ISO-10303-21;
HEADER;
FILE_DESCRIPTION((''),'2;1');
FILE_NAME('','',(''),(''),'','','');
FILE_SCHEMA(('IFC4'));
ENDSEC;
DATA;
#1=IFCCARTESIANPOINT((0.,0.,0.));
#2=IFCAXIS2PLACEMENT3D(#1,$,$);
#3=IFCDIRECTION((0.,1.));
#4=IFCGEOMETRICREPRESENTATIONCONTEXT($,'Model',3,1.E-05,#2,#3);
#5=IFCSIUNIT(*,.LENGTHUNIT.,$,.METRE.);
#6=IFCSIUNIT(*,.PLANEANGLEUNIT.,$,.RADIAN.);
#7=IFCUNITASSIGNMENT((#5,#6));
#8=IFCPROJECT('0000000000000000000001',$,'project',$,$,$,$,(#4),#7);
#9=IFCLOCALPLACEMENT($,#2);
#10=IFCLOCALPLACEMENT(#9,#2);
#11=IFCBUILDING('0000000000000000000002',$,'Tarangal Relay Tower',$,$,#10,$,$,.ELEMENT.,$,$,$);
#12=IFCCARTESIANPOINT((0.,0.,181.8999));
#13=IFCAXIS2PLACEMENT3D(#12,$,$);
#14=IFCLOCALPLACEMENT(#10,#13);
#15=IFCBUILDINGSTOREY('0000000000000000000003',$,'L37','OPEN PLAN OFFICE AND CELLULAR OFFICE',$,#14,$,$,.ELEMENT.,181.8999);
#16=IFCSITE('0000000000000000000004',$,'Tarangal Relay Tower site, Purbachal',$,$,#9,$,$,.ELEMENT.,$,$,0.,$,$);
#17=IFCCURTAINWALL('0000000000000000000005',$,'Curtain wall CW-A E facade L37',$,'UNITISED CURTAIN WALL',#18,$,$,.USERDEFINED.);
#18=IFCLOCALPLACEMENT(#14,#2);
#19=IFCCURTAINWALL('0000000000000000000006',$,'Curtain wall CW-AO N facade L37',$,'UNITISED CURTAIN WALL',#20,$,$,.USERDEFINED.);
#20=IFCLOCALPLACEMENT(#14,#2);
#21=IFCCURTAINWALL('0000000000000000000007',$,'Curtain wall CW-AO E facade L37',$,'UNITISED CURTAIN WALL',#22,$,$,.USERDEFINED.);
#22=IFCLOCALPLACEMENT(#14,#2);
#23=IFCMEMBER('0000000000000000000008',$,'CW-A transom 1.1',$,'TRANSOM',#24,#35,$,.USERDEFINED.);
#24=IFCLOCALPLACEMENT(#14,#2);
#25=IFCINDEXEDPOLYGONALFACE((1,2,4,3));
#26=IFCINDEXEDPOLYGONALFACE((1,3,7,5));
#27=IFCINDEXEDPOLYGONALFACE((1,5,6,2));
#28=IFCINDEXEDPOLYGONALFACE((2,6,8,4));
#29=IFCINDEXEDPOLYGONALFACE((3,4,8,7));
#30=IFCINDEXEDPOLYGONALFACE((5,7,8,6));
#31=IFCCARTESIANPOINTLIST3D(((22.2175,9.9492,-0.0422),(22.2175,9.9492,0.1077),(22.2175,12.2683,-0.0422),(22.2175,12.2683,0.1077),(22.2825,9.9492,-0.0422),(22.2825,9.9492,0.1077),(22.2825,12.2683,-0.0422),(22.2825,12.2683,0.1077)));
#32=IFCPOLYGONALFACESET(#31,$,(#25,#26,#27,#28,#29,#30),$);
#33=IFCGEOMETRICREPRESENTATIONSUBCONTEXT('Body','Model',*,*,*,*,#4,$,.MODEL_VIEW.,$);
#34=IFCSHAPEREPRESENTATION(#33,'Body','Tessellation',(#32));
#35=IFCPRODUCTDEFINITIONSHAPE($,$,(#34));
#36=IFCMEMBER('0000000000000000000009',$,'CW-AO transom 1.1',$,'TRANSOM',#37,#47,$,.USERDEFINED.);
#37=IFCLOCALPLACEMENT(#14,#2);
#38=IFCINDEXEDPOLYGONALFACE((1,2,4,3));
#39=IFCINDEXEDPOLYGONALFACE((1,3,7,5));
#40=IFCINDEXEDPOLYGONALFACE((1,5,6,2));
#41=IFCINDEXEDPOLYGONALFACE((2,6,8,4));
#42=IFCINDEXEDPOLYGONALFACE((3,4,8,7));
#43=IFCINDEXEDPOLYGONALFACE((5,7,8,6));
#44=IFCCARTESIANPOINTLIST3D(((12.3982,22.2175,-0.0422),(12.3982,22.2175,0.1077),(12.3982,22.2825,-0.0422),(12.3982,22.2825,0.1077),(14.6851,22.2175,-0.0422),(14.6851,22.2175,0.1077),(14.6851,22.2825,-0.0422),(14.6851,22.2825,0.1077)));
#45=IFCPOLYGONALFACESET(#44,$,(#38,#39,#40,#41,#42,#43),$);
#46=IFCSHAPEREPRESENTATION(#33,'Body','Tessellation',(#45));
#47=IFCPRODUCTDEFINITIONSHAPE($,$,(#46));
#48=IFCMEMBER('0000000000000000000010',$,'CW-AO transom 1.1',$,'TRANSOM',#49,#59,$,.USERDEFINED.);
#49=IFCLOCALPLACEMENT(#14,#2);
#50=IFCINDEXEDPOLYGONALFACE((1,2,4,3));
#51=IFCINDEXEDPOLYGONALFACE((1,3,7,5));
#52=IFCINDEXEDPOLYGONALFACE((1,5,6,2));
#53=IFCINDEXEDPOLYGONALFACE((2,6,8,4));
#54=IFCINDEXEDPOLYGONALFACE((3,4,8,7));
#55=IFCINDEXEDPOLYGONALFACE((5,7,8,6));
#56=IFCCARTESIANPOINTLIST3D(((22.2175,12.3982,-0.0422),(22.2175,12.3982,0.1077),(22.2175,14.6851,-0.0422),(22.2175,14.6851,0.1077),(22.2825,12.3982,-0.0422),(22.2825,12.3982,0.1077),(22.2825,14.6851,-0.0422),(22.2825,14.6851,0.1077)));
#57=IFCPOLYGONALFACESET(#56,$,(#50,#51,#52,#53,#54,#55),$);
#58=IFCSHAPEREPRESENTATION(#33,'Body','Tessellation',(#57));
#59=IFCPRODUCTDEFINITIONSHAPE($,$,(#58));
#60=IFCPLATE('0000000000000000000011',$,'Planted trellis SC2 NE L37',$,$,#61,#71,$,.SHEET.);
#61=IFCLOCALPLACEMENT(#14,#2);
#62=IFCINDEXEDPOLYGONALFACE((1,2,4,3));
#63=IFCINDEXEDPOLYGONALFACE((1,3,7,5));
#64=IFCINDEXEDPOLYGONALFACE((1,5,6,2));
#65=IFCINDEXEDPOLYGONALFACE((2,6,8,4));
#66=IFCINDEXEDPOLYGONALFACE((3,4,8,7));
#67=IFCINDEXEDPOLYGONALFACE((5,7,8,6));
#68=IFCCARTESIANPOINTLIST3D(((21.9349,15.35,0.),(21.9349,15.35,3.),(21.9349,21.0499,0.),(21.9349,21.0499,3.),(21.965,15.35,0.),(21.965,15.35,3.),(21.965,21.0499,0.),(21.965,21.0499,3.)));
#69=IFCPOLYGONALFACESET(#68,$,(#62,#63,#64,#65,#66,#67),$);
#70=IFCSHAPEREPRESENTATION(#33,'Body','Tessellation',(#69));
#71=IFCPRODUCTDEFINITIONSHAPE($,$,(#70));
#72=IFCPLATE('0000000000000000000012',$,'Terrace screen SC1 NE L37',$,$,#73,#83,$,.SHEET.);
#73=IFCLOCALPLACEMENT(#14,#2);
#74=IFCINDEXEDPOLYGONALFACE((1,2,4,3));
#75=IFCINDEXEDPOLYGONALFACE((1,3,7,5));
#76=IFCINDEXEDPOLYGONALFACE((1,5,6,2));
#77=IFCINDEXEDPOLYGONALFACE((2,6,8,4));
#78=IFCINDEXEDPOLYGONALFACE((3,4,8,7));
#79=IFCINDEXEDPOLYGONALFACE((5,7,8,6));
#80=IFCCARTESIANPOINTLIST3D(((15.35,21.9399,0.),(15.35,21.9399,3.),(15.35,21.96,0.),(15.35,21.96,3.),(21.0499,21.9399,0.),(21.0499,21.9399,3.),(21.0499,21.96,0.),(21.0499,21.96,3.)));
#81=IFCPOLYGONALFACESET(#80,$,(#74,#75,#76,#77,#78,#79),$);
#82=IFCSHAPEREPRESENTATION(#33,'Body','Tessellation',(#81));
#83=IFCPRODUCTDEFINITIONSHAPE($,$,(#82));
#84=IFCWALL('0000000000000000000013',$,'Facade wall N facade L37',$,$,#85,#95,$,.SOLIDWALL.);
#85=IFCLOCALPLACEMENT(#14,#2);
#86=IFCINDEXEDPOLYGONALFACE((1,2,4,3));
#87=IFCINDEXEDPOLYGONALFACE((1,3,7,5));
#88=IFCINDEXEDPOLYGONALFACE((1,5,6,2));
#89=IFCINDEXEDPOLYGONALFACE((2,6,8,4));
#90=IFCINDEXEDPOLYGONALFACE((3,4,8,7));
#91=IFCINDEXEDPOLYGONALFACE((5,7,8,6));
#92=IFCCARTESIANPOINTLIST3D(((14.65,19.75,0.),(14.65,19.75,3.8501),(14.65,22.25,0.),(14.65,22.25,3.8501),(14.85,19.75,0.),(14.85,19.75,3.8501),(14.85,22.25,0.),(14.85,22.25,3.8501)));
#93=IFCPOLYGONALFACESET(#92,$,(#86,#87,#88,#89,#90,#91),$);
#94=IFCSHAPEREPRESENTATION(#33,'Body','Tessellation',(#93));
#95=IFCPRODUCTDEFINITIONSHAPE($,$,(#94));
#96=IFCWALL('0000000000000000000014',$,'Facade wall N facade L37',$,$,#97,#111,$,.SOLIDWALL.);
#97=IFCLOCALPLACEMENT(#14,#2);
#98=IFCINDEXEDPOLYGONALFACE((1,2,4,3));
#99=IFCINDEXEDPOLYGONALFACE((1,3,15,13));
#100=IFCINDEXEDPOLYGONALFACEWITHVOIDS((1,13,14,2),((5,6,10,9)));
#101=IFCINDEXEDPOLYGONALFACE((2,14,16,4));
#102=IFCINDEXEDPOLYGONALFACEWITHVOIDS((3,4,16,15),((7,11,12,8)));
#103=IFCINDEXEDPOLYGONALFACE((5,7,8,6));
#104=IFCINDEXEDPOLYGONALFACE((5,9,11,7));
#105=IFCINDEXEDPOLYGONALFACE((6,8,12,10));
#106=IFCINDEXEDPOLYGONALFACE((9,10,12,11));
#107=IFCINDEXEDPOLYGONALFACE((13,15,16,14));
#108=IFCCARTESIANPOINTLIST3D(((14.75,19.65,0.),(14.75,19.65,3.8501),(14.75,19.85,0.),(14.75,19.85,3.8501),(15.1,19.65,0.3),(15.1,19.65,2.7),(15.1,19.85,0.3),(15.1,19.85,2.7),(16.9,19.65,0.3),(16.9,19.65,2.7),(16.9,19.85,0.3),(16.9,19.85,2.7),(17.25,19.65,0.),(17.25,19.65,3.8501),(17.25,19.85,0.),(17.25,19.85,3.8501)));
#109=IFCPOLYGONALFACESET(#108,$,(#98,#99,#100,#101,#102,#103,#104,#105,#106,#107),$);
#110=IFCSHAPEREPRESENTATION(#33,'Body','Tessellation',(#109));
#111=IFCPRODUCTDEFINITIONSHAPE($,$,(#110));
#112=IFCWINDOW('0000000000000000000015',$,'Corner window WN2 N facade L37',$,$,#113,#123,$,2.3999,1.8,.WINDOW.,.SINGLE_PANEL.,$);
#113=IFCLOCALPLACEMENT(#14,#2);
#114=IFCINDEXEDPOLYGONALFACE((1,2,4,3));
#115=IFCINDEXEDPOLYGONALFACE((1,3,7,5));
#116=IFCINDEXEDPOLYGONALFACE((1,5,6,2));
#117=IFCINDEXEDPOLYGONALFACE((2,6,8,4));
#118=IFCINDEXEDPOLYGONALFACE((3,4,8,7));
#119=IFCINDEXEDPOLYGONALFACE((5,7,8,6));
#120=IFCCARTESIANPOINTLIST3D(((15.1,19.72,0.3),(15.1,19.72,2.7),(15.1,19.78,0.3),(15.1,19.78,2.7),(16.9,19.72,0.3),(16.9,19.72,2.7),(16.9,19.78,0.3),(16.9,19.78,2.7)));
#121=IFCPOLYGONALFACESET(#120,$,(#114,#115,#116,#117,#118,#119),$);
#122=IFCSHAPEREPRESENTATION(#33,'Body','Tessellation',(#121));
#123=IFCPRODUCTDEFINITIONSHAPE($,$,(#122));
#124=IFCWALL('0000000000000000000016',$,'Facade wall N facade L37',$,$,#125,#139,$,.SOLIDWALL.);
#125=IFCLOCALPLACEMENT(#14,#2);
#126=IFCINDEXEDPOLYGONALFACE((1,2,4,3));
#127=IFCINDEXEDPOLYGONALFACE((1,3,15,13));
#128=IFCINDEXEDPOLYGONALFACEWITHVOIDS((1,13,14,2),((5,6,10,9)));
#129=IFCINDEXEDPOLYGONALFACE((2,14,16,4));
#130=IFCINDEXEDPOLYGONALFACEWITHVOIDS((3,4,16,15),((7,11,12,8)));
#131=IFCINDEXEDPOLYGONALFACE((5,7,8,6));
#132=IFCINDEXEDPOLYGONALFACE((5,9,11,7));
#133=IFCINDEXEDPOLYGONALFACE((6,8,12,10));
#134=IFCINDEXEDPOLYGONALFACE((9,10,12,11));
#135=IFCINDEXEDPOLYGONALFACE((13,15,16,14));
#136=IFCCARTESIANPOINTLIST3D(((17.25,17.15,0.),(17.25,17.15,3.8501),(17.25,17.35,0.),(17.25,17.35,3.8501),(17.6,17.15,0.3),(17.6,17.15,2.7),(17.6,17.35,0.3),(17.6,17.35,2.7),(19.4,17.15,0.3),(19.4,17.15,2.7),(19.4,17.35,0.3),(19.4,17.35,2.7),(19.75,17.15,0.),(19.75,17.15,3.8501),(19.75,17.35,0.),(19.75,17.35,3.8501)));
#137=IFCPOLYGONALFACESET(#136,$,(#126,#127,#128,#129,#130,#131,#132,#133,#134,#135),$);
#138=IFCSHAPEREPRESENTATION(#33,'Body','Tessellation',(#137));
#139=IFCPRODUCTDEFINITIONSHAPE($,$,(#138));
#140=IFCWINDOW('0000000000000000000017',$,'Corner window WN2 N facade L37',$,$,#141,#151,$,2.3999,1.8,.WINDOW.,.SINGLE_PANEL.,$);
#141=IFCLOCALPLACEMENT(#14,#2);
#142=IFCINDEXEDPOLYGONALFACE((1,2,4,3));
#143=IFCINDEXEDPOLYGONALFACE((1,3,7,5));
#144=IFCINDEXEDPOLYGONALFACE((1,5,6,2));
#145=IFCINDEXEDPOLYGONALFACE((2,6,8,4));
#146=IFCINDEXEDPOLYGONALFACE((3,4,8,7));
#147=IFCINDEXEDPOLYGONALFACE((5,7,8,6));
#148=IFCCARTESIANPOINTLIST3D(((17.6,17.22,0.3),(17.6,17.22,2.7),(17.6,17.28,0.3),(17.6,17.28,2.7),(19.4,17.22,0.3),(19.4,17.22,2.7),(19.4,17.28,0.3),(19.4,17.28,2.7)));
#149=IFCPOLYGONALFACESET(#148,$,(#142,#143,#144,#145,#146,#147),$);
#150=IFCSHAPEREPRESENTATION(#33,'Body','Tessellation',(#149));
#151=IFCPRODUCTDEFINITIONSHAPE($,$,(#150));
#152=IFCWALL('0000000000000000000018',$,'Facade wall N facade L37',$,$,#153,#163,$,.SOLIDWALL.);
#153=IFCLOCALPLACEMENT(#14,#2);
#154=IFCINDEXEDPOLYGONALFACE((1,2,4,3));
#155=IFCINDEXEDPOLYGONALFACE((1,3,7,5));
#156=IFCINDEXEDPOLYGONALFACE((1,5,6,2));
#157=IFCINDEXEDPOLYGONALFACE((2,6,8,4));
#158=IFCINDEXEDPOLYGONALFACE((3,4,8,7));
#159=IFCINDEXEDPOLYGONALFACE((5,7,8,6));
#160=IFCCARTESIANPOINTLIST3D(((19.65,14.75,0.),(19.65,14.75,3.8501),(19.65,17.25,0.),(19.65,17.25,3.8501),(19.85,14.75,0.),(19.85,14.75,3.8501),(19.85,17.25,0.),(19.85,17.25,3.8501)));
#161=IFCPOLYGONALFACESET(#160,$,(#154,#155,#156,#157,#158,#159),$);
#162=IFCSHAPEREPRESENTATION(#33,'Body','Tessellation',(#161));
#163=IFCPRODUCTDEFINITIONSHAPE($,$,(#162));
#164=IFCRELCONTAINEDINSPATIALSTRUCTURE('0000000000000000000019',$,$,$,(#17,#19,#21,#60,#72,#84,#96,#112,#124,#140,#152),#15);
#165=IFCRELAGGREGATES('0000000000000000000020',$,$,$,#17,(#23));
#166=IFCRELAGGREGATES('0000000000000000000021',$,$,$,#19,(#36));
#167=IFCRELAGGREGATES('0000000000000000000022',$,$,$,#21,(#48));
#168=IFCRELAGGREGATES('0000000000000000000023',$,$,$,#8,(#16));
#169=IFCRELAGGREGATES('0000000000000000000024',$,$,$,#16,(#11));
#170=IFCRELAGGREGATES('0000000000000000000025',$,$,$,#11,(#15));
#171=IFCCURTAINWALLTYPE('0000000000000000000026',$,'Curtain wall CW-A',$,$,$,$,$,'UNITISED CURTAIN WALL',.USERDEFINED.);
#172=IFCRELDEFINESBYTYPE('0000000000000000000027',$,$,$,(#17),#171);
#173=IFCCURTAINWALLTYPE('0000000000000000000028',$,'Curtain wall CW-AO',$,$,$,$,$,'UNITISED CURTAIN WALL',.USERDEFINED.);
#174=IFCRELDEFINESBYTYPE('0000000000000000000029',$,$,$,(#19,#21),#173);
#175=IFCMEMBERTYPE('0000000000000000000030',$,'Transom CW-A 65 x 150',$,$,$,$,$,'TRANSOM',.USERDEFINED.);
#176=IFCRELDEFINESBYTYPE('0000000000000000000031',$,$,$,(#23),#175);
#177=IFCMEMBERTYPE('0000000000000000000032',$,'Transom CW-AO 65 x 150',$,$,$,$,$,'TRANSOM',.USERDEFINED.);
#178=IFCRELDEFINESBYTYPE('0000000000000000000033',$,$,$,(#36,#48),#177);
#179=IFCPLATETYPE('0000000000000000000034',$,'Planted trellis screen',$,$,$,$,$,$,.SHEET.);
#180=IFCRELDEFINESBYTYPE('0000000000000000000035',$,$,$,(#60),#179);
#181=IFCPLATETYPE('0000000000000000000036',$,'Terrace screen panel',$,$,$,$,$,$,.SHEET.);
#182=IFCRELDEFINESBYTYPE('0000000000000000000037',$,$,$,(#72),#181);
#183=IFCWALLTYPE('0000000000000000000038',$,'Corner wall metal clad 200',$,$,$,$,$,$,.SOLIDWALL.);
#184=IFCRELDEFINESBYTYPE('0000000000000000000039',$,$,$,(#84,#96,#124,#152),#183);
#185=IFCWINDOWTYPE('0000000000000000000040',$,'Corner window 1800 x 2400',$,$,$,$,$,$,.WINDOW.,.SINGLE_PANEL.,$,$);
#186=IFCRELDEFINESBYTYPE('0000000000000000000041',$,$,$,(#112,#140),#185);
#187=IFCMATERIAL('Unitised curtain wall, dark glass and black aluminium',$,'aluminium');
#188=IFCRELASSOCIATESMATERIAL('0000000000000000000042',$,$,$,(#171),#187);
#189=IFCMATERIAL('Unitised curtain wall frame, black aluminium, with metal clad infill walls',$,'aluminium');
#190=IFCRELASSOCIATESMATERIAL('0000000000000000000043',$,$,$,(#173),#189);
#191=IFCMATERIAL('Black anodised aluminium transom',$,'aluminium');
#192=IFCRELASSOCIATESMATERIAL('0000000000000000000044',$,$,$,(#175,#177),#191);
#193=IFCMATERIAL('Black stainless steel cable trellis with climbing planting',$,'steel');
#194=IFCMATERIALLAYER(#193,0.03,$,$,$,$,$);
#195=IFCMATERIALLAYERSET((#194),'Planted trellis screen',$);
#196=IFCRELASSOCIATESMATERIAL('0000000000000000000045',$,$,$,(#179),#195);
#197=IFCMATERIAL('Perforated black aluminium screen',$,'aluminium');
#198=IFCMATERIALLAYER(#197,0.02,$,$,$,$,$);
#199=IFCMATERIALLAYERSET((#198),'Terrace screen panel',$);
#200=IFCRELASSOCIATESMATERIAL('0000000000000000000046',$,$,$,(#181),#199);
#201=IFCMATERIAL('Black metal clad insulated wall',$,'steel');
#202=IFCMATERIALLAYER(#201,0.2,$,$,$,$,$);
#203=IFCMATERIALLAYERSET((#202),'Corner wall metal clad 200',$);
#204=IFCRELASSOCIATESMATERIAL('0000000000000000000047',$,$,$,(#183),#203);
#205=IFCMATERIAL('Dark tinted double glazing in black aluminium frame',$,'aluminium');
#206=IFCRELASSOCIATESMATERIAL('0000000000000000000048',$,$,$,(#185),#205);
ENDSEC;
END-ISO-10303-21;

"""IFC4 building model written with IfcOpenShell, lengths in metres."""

from ifc_helpers import new_model, si_unit, direction, frame, frame_2d, origin, origin_2d, place, context, subcontext, project, spatial, rectangle, extrude, material, layer, layer_set, material_profile, profile_set, type_object, element, fill, aggregate, save


model = new_model("IFC4")

# Units and contexts
model_context = context("Model", 3, precision=1e-05, world=origin(), true_north=direction((0.0, 1.0)))
body_context = subcontext(model_context, "Body", "Model", "MODEL_VIEW")
ifc_project = project(units=[si_unit("LENGTHUNIT", "METRE"), si_unit("PLANEANGLEUNIT", "RADIAN")], contexts=[model_context])

# Site, building, storey
site_placement = place(None, origin())
site = spatial("IfcSite", under=ifc_project, at=site_placement, Name="Tarangal Relay Tower site, Purbachal", CompositionType="ELEMENT", RefElevation=0.0)
building_placement = place(site_placement, origin())
building = spatial("IfcBuilding", under=site, at=building_placement, Name="Tarangal Relay Tower", CompositionType="ELEMENT")
storey_placement = place(building_placement, frame((0.0, 0.0, 181.8999)))
storey = spatial("IfcBuildingStorey", under=building, at=storey_placement, Name="L37", Description="OPEN PLAN OFFICE AND CELLULAR OFFICE", CompositionType="ELEMENT", Elevation=181.8999)

# Curtain wall
ifc_material_1 = material(Name="Unitised curtain wall, dark glass and black aluminium", Category="aluminium")
curtain_wall_type_1 = type_object("IfcCurtainWallType", Name="Curtain wall CW-A", ElementType="UNITISED CURTAIN WALL", PredefinedType="USERDEFINED", material=ifc_material_1)
curtain_wall_1_placement = place(storey_placement, origin())
curtain_wall_1 = element("IfcCurtainWall", 1, at=curtain_wall_1_placement, inside=storey, type_object=curtain_wall_type_1, Name="Curtain wall CW-A E facade L37", ObjectType="UNITISED CURTAIN WALL", PredefinedType="USERDEFINED")

# Curtain walls
ifc_material_2 = material(Name="Unitised curtain wall frame, black aluminium, with metal clad infill walls", Category="aluminium")
curtain_wall_type_2 = type_object("IfcCurtainWallType", Name="Curtain wall CW-AO", ElementType="UNITISED CURTAIN WALL", PredefinedType="USERDEFINED", material=ifc_material_2)
curtain_wall_2_placement = place(storey_placement, origin())
curtain_wall_2 = element("IfcCurtainWall", 2, at=curtain_wall_2_placement, inside=storey, type_object=curtain_wall_type_2, Name="Curtain wall CW-AO N facade L37", ObjectType="UNITISED CURTAIN WALL", PredefinedType="USERDEFINED")
curtain_wall_3_placement = place(storey_placement, origin())
curtain_wall_3 = element("IfcCurtainWall", 3, at=curtain_wall_3_placement, inside=storey, type_object=curtain_wall_type_2, Name="Curtain wall CW-AO E facade L37", ObjectType="UNITISED CURTAIN WALL", PredefinedType="USERDEFINED")

# Members
ifc_material_3 = material(Name="Black anodised aluminium transom", Category="aluminium")
ifc_material_profile_1 = material_profile(ifc_material_3, rectangle(XDim=0.0649, YDim=0.1499, at=origin_2d()), Name="CW-AT 65X150")
ifc_profile_set_1 = profile_set([ifc_material_profile_1], Name="Black anodised aluminium transom")
member_type_1 = type_object("IfcMemberType", Name="Transom CW-A 65 x 150", ElementType="TRANSOM", PredefinedType="USERDEFINED", material=ifc_profile_set_1)
member_1_placement = place(storey_placement, frame((22.25, 12.2683, 0.0327), z_axis=(0.0, -1.0, 0.0), x_axis=(1.0, 0.0, 0.0)))
member_1 = element("IfcMember", 4, at=member_1_placement, type_object=member_type_1, Name="CW-A transom 1.1", ObjectType="TRANSOM", PredefinedType="USERDEFINED", context=body_context, shape_type="SweptSolid", body=[
    extrude(rectangle(XDim=0.0649, YDim=0.1499, at=origin_2d()), origin(), (0.0, 0.0, 1.0), 2.3191),
])
aggregate(curtain_wall_1, [member_1])
ifc_material_profile_2 = material_profile(ifc_material_3, rectangle(XDim=0.0649, YDim=0.1499, at=origin_2d()), Name="CW-AOT 65X150")
ifc_profile_set_2 = profile_set([ifc_material_profile_2], Name="Black anodised aluminium transom")
member_type_2 = type_object("IfcMemberType", Name="Transom CW-AO 65 x 150", ElementType="TRANSOM", PredefinedType="USERDEFINED", material=ifc_profile_set_2)
member_2_placement = place(storey_placement, frame((12.3982, 22.25, 0.0327), z_axis=(1.0, 0.0, 0.0), x_axis=(0.0, 1.0, 0.0)))
member_2 = element("IfcMember", 5, at=member_2_placement, type_object=member_type_2, Name="CW-AO transom 1.1", ObjectType="TRANSOM", PredefinedType="USERDEFINED", context=body_context, shape_type="SweptSolid", body=[
    extrude(rectangle(XDim=0.0649, YDim=0.1499, at=origin_2d()), origin(), (0.0, 0.0, 1.0), 2.2869),
])
aggregate(curtain_wall_2, [member_2])
member_3_placement = place(storey_placement, frame((22.25, 14.6851, 0.0327), z_axis=(0.0, -1.0, 0.0), x_axis=(1.0, 0.0, 0.0)))
member_3 = element("IfcMember", 6, at=member_3_placement, type_object=member_type_2, Name="CW-AO transom 1.1", ObjectType="TRANSOM", PredefinedType="USERDEFINED", context=body_context, shape_type="SweptSolid", body=[
    extrude(rectangle(XDim=0.0649, YDim=0.1499, at=origin_2d()), origin(), (0.0, 0.0, 1.0), 2.2869),
])
aggregate(curtain_wall_3, [member_3])

# Plates
ifc_material_4 = material(Name="Black stainless steel cable trellis with climbing planting", Category="steel")
ifc_layer_1 = layer(ifc_material_4, 0.03)
ifc_layer_set_1 = layer_set([ifc_layer_1], Name="Planted trellis screen")
plate_type_1 = type_object("IfcPlateType", Name="Planted trellis screen", PredefinedType="SHEET", material=ifc_layer_set_1)
plate_1_placement = place(storey_placement, frame((21.95, 18.2, 0.0), z_axis=(0.0, 0.0, 1.0), x_axis=(0.0, -1.0, 0.0)))
element("IfcPlate", 7, at=plate_1_placement, inside=storey, type_object=plate_type_1, Name="Planted trellis SC2 NE L37", PredefinedType="SHEET", context=body_context, shape_type="SweptSolid", body=[
    extrude(rectangle(XDim=5.7, YDim=0.03, at=origin_2d()), origin(), (0.0, 0.0, 1.0), 3.0),
])
ifc_material_5 = material(Name="Perforated black aluminium screen", Category="aluminium")
ifc_layer_2 = layer(ifc_material_5, 0.02)
ifc_layer_set_2 = layer_set([ifc_layer_2], Name="Terrace screen panel")
plate_type_2 = type_object("IfcPlateType", Name="Terrace screen panel", PredefinedType="SHEET", material=ifc_layer_set_2)
plate_2_placement = place(storey_placement, frame((18.2, 21.95, 0.0), z_axis=(0.0, 0.0, 1.0), x_axis=(1.0, 0.0, 0.0)))
element("IfcPlate", 8, at=plate_2_placement, inside=storey, type_object=plate_type_2, Name="Terrace screen SC1 NE L37", PredefinedType="SHEET", context=body_context, shape_type="SweptSolid", body=[
    extrude(rectangle(XDim=5.7, YDim=0.02, at=origin_2d()), origin(), (0.0, 0.0, 1.0), 3.0),
])

# Wall
ifc_material_6 = material(Name="Black metal clad insulated wall", Category="steel")
ifc_layer_3 = layer(ifc_material_6, 0.2)
ifc_layer_set_3 = layer_set([ifc_layer_3], Name="Corner wall metal clad 200")
wall_type_1 = type_object("IfcWallType", Name="Corner wall metal clad 200", PredefinedType="SOLIDWALL", material=ifc_layer_set_3)
wall_1_placement = place(storey_placement, frame((14.75, 22.25, 0.0), z_axis=(0.0, 0.0, 1.0), x_axis=(0.0, -1.0, 0.0)))
element("IfcWall", 9, at=wall_1_placement, inside=storey, type_object=wall_type_1, Name="Facade wall N facade L37", PredefinedType="SOLIDWALL", context=body_context, shape_type="SweptSolid", body=[
    extrude(rectangle(XDim=2.5, YDim=0.2, at=frame_2d((1.25, 0.0))), origin(), (0.0, 0.0, 1.0), 3.8501),
])

# Wall, opening, window
wall_2_placement = place(storey_placement, frame((14.75, 19.75, 0.0), z_axis=(0.0, 0.0, 1.0), x_axis=(1.0, 0.0, 0.0)))
wall_2 = element("IfcWall", 10, at=wall_2_placement, inside=storey, type_object=wall_type_1, Name="Facade wall N facade L37", PredefinedType="SOLIDWALL", context=body_context, shape_type="SweptSolid", body=[
    extrude(rectangle(XDim=2.5, YDim=0.2, at=frame_2d((1.25, 0.0))), origin(), (0.0, 0.0, 1.0), 3.8501),
])
opening_1_placement = place(wall_2_placement, frame((0.3501, 0.0, 0.3)))
opening_1 = element("IfcOpeningElement", 11, at=opening_1_placement, cuts=wall_2, PredefinedType="OPENING", context=body_context, shape_type="SweptSolid", body=[
    extrude(rectangle(XDim=1.8, YDim=2.3999, at=frame_2d((0.8999, 1.2))), frame((0.0, 0.1099, 0.0), z_axis=(0.0, -1.0, 0.0), x_axis=(1.0, 0.0, 0.0)), (0.0, 0.0, 1.0), 0.22),
])
ifc_material_7 = material(Name="Dark tinted double glazing in black aluminium frame", Category="aluminium")
window_type = type_object("IfcWindowType", Name="Corner window 1800 x 2400", PartitioningType="SINGLE_PANEL", PredefinedType="WINDOW", material=ifc_material_7)
window_1_placement = place(opening_1_placement, origin())
window_1 = element("IfcWindow", 12, at=window_1_placement, inside=storey, type_object=window_type, Name="Corner window WN2 N facade L37", OverallHeight=2.3999, OverallWidth=1.8, PartitioningType="SINGLE_PANEL", PredefinedType="WINDOW", context=body_context, shape_type="SweptSolid", body=[
    extrude(rectangle(XDim=1.8, YDim=2.3999, at=frame_2d((0.8999, 1.2))), frame((0.0, 0.03, 0.0), z_axis=(0.0, -1.0, 0.0), x_axis=(1.0, 0.0, 0.0)), (0.0, 0.0, 1.0), 0.0601),
])
fill(opening_1, window_1)

# Wall, opening, window
wall_3_placement = place(storey_placement, frame((17.25, 17.25, 0.0), z_axis=(0.0, 0.0, 1.0), x_axis=(1.0, 0.0, 0.0)))
wall_3 = element("IfcWall", 13, at=wall_3_placement, inside=storey, type_object=wall_type_1, Name="Facade wall N facade L37", PredefinedType="SOLIDWALL", context=body_context, shape_type="SweptSolid", body=[
    extrude(rectangle(XDim=2.5, YDim=0.2, at=frame_2d((1.25, 0.0))), origin(), (0.0, 0.0, 1.0), 3.8501),
])
opening_2_placement = place(wall_3_placement, frame((0.3501, 0.0, 0.3)))
opening_2 = element("IfcOpeningElement", 14, at=opening_2_placement, cuts=wall_3, PredefinedType="OPENING", context=body_context, shape_type="SweptSolid", body=[
    extrude(rectangle(XDim=1.8, YDim=2.3999, at=frame_2d((0.8999, 1.2))), frame((0.0, 0.1099, 0.0), z_axis=(0.0, -1.0, 0.0), x_axis=(1.0, 0.0, 0.0)), (0.0, 0.0, 1.0), 0.22),
])
window_2_placement = place(opening_2_placement, origin())
window_2 = element("IfcWindow", 15, at=window_2_placement, inside=storey, type_object=window_type, Name="Corner window WN2 N facade L37", OverallHeight=2.3999, OverallWidth=1.8, PartitioningType="SINGLE_PANEL", PredefinedType="WINDOW", context=body_context, shape_type="SweptSolid", body=[
    extrude(rectangle(XDim=1.8, YDim=2.3999, at=frame_2d((0.8999, 1.2))), frame((0.0, 0.03, 0.0), z_axis=(0.0, -1.0, 0.0), x_axis=(1.0, 0.0, 0.0)), (0.0, 0.0, 1.0), 0.0601),
])
fill(opening_2, window_2)

# Wall
wall_4_placement = place(storey_placement, frame((19.75, 17.25, 0.0), z_axis=(0.0, 0.0, 1.0), x_axis=(0.0, -1.0, 0.0)))
element("IfcWall", 16, at=wall_4_placement, inside=storey, type_object=wall_type_1, Name="Facade wall N facade L37", PredefinedType="SOLIDWALL", context=body_context, shape_type="SweptSolid", body=[
    extrude(rectangle(XDim=2.5, YDim=0.2, at=frame_2d((1.25, 0.0))), origin(), (0.0, 0.0, 1.0), 3.8501),
])

save(model, "model.ifc")
